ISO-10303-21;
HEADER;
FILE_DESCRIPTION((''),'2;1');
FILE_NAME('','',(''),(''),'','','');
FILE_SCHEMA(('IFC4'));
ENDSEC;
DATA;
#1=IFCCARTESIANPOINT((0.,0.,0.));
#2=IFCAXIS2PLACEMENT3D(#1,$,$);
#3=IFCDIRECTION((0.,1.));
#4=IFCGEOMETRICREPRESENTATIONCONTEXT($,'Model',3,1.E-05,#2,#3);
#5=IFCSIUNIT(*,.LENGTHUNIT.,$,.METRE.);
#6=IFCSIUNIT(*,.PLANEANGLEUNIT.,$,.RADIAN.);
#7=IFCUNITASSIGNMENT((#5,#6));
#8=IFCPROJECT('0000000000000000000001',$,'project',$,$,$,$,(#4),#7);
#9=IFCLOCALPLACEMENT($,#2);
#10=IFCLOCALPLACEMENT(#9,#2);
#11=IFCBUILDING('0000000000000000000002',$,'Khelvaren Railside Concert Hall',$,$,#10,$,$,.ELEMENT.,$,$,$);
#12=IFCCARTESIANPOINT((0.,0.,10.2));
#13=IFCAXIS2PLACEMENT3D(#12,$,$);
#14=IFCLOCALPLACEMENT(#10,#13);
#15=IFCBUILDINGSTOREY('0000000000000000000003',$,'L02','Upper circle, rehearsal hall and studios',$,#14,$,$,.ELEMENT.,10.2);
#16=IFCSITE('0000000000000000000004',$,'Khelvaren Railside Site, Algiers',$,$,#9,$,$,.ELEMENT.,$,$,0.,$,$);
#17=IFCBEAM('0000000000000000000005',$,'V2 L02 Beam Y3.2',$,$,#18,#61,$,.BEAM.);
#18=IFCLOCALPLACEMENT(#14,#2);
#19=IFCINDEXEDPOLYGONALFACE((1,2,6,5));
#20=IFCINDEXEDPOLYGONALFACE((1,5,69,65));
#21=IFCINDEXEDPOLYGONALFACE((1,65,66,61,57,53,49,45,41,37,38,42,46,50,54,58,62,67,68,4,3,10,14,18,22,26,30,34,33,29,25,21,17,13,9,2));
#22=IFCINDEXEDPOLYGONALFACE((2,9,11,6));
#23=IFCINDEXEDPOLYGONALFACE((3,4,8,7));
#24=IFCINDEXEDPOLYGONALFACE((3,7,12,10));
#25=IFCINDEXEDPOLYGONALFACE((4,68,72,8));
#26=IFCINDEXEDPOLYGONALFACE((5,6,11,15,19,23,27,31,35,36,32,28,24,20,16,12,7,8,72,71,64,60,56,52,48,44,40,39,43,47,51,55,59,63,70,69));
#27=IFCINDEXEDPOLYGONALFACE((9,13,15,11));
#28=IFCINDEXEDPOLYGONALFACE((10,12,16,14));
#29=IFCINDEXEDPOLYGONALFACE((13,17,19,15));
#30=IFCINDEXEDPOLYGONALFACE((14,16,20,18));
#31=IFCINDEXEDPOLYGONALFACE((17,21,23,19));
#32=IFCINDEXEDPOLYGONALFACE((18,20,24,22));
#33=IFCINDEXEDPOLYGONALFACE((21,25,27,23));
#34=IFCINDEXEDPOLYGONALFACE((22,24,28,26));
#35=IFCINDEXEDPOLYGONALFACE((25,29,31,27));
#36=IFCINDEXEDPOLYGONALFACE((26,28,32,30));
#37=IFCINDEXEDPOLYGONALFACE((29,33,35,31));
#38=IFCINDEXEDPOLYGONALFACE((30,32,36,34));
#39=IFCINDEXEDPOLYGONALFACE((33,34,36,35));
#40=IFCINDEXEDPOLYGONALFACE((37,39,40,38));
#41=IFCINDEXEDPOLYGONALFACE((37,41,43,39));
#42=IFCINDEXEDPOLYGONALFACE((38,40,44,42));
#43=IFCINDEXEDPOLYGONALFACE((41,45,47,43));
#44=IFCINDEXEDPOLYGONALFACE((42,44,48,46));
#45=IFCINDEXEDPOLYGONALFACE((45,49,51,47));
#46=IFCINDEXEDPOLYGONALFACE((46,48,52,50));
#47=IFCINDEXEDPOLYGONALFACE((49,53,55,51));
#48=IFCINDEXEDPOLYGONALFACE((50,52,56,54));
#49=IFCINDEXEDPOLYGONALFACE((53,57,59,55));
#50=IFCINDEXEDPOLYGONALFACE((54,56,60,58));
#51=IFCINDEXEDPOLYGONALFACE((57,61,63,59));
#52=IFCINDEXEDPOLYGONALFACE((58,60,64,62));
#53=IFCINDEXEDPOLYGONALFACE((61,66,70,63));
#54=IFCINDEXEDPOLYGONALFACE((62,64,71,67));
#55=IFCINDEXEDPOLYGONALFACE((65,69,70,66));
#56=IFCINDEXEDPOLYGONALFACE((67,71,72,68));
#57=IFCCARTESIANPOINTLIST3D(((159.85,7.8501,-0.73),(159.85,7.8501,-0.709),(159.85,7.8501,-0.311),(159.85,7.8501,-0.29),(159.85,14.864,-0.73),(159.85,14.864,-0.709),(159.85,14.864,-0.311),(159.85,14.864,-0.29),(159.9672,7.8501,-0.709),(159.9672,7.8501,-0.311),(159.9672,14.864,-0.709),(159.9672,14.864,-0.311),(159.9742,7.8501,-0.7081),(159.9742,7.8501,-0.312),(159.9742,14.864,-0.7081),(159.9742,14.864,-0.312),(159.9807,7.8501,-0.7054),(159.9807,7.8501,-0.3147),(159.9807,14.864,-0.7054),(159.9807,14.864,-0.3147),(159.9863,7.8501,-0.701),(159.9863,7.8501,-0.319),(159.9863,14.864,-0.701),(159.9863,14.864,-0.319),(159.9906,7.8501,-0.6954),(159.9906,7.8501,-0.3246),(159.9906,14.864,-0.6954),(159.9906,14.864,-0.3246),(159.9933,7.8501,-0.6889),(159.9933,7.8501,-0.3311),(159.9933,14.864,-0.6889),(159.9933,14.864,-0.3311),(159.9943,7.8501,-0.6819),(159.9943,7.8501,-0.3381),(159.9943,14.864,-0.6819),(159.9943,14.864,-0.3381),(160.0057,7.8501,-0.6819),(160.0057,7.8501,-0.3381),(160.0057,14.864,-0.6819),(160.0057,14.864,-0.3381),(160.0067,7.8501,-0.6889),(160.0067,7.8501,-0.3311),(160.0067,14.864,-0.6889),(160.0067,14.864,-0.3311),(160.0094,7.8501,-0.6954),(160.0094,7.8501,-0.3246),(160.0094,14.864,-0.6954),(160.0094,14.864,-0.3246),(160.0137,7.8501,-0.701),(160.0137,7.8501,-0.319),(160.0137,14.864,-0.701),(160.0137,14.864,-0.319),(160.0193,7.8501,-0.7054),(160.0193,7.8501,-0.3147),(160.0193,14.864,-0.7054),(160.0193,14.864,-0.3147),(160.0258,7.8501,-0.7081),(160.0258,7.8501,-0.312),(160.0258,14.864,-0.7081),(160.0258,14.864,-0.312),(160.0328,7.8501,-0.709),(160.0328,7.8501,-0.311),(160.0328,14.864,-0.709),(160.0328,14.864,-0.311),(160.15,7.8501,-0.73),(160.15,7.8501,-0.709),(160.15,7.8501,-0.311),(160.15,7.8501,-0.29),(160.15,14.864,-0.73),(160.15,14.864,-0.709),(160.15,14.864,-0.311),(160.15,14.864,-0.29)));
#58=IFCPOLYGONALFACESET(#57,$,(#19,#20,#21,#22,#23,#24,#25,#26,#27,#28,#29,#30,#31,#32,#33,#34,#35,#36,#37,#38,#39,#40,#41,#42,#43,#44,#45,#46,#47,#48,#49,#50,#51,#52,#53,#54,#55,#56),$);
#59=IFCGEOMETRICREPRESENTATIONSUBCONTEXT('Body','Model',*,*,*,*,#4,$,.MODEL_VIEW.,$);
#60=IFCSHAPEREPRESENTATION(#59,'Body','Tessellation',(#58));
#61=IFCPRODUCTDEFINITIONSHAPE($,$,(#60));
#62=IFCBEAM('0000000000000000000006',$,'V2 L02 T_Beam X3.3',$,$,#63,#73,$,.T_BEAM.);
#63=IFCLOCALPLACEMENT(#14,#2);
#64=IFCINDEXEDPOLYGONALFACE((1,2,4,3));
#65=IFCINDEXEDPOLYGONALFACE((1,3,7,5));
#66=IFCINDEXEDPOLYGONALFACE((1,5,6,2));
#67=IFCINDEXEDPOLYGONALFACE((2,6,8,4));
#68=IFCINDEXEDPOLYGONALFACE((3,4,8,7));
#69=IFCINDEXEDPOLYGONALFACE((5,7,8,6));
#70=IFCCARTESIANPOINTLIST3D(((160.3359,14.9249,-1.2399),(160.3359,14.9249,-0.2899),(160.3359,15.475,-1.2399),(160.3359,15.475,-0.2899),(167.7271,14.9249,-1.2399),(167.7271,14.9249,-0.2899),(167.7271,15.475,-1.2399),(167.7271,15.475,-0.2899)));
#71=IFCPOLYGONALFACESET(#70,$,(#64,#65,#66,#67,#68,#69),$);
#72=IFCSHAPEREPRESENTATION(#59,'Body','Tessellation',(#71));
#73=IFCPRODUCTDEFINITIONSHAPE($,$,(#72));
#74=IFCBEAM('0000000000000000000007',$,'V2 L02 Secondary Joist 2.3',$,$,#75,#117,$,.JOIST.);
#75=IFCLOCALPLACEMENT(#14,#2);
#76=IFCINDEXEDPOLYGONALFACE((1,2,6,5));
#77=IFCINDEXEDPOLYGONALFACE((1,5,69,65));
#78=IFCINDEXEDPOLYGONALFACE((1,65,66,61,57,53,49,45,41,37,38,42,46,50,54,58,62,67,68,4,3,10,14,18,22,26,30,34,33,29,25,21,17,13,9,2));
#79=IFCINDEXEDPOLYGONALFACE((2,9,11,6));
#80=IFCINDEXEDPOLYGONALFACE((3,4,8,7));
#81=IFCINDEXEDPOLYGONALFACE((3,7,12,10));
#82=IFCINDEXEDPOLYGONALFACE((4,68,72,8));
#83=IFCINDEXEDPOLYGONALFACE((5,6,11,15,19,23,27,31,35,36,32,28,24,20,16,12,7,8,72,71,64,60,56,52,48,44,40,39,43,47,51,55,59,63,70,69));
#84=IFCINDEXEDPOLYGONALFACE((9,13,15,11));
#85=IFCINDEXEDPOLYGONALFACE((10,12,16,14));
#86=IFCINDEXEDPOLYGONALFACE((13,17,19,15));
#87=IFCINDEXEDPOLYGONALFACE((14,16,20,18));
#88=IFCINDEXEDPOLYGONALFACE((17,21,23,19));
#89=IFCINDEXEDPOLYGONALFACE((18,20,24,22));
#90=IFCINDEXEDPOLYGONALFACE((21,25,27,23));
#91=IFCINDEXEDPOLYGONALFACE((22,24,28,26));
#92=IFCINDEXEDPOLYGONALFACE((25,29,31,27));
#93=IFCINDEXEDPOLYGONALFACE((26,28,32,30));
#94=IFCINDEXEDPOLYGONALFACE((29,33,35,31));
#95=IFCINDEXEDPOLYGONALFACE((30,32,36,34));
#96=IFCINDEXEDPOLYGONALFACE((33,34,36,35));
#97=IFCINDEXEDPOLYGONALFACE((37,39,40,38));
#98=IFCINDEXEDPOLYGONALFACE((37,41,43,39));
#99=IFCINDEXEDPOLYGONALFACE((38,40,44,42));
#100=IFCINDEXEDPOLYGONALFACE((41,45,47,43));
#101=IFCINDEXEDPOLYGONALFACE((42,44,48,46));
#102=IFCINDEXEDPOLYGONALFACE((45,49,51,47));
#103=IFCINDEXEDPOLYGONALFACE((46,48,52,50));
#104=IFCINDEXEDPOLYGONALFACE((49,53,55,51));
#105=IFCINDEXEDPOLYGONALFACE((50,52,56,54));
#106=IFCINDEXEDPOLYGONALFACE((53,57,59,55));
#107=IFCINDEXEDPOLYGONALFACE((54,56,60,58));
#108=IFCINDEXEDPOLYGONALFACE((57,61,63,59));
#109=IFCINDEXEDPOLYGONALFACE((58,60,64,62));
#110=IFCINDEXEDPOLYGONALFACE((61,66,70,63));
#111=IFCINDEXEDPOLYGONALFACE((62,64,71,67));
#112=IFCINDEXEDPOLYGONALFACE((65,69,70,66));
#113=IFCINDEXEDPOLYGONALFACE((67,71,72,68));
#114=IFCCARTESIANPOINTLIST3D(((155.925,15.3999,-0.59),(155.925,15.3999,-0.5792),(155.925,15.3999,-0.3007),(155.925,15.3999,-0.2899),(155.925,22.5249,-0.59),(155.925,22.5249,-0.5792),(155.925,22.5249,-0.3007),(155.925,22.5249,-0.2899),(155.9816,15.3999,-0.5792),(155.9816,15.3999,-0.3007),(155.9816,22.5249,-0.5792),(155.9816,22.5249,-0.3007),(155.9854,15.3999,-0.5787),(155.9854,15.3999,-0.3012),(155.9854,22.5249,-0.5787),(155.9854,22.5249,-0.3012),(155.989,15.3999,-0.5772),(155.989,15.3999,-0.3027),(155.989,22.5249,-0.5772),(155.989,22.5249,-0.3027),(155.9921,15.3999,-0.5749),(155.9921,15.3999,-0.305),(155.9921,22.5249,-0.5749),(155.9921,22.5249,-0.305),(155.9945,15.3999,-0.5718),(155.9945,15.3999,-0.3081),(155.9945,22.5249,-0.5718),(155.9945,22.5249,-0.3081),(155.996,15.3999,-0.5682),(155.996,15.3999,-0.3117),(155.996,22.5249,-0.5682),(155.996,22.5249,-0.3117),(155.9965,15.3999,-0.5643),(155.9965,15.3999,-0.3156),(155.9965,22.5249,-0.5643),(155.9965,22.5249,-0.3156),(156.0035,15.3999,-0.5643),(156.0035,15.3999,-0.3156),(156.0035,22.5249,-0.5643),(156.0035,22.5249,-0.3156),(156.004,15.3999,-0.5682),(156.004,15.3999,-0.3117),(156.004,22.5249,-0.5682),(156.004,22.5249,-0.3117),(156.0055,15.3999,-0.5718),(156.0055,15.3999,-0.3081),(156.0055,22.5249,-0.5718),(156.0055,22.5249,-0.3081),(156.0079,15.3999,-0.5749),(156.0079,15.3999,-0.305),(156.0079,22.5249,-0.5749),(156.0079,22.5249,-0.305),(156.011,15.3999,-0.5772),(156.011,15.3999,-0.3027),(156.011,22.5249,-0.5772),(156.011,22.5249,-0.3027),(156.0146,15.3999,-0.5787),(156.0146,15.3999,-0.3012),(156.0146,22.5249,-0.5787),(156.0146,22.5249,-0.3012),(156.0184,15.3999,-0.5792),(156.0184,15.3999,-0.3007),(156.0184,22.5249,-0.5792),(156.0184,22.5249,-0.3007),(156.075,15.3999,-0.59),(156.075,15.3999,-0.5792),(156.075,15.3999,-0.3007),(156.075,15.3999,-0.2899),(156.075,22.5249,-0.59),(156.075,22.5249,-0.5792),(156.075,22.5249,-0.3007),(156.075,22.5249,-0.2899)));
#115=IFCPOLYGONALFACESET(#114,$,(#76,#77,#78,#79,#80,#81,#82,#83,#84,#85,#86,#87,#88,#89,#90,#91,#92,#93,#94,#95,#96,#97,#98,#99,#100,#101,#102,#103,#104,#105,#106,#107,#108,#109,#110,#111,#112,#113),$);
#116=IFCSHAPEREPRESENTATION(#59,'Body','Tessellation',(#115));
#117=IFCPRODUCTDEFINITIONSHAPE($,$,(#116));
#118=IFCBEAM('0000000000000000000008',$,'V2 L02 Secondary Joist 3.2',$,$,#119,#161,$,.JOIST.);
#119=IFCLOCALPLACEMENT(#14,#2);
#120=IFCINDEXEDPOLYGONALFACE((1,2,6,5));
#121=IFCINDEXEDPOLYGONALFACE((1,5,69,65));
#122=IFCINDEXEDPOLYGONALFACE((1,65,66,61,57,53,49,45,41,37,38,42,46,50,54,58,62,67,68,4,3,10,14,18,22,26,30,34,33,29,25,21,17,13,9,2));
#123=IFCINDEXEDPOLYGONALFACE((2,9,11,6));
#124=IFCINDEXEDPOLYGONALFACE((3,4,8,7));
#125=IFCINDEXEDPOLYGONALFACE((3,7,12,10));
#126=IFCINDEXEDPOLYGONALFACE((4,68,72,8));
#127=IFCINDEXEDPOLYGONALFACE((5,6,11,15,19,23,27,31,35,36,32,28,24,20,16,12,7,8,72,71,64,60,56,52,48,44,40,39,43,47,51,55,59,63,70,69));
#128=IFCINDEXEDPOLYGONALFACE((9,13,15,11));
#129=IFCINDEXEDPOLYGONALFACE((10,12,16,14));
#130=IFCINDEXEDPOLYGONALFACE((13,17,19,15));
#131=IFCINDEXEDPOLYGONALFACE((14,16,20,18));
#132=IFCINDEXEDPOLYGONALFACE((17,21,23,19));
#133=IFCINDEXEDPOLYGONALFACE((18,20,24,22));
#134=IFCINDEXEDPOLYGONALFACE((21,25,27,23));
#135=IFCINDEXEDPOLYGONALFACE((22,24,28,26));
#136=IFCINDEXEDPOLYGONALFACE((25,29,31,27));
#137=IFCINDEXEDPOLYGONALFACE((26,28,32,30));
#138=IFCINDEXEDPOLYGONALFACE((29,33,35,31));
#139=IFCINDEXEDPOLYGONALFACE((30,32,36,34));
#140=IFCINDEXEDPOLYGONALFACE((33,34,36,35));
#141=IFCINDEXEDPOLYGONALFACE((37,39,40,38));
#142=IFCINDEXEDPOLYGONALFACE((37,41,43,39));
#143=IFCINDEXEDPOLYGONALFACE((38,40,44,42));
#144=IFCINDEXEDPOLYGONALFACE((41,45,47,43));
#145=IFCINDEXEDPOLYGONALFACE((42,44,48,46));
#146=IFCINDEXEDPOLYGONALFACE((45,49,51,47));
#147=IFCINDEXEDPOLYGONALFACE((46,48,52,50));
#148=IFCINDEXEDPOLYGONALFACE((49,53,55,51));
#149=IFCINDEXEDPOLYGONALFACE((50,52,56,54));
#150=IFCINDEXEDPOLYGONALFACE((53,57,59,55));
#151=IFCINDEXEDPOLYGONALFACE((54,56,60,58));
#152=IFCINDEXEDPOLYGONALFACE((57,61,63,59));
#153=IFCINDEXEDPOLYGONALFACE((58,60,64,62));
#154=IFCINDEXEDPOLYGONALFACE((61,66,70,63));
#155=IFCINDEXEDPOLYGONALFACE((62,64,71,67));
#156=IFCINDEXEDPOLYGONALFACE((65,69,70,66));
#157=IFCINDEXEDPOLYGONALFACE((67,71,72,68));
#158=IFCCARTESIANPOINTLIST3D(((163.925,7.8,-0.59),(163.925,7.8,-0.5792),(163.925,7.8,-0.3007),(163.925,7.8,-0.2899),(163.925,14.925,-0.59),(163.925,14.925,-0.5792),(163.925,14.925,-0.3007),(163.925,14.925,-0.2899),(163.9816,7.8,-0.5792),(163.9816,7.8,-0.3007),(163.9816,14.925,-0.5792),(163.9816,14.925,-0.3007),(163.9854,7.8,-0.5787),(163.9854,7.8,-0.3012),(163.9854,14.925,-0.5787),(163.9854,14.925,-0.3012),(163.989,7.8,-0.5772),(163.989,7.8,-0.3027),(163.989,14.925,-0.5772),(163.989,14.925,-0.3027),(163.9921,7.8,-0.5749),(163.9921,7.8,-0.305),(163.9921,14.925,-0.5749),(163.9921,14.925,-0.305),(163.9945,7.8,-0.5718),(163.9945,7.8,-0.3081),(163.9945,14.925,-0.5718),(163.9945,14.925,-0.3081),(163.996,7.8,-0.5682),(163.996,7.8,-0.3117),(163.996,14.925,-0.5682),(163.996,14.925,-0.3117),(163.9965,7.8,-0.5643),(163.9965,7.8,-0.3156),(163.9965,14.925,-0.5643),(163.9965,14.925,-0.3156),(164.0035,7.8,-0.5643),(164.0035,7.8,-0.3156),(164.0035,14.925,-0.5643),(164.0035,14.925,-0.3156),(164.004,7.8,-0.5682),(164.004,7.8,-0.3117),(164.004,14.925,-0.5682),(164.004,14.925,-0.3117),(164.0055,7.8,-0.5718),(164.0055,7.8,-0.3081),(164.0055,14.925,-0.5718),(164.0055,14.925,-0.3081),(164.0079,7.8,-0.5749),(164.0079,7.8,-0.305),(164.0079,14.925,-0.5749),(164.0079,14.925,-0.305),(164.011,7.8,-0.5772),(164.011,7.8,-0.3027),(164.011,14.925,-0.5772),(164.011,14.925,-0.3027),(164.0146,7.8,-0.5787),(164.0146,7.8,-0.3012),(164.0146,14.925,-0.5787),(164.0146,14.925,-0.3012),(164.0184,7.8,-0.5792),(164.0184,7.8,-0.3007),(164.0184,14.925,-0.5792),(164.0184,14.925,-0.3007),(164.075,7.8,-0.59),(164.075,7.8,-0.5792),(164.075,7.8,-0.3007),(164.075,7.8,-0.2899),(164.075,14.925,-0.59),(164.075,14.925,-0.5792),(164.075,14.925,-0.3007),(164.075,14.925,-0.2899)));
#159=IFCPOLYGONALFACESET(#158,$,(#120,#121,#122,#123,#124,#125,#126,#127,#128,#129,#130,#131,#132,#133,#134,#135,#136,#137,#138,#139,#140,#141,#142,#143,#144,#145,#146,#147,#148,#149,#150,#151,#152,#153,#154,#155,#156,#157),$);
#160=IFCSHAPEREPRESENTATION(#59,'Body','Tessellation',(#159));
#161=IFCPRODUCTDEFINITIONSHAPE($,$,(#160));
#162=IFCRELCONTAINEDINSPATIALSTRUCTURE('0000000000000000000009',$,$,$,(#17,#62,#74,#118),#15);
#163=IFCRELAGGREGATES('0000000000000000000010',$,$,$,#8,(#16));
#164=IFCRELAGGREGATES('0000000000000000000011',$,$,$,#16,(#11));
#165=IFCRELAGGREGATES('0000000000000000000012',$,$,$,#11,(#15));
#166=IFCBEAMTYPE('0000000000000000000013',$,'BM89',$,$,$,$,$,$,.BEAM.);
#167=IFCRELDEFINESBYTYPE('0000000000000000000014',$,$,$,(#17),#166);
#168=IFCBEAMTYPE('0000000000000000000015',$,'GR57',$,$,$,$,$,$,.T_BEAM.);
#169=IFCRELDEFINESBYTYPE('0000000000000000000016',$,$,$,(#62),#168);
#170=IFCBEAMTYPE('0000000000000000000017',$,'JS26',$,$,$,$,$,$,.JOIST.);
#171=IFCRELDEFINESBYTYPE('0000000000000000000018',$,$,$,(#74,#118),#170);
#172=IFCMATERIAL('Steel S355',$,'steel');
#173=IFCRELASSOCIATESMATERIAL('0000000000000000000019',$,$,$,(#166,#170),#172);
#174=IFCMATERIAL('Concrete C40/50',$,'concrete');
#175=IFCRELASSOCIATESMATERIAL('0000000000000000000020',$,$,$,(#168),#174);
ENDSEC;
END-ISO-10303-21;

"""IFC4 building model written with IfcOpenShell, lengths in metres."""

from ifc_helpers import new_model, si_unit, direction, frame, origin, origin_2d, place, context, subcontext, project, spatial, rectangle, i_section, extrude, material, material_profile, profile_set, type_object, element, save


model = new_model("IFC4")

# Units and contexts
model_context = context("Model", 3, precision=1e-05, world=origin(), true_north=direction((0.0, 1.0)))
body_context = subcontext(model_context, "Body", "Model", "MODEL_VIEW")
ifc_project = project(units=[si_unit("LENGTHUNIT", "METRE"), si_unit("PLANEANGLEUNIT", "RADIAN")], contexts=[model_context])

# Site, building, storey
site_placement = place(None, origin())
site = spatial("IfcSite", under=ifc_project, at=site_placement, Name="Khelvaren Railside Site, Algiers", CompositionType="ELEMENT", RefElevation=0.0)
building_placement = place(site_placement, origin())
building = spatial("IfcBuilding", under=site, at=building_placement, Name="Khelvaren Railside Concert Hall", CompositionType="ELEMENT")
storey_placement = place(building_placement, frame((0.0, 0.0, 10.2)))
storey = spatial("IfcBuildingStorey", under=building, at=storey_placement, Name="L02", Description="Upper circle, rehearsal hall and studios", CompositionType="ELEMENT", Elevation=10.2)

# Beams
ifc_material_1 = material(Name="Steel S355", Category="steel")
ifc_material_2 = material(Name="Concrete C40/50", Category="concrete")
ifc_material_profile_1 = material_profile(ifc_material_1, i_section(OverallWidth=0.3, OverallDepth=0.4399, WebThickness=0.0115, FlangeThickness=0.021, FilletRadius=0.0271, at=origin_2d()), Name="HEA 450")
ifc_profile_set_1 = profile_set([ifc_material_profile_1], Name="Steel S355")
beam_type_1 = type_object("IfcBeamType", Name="BM89", PredefinedType="BEAM", material=ifc_profile_set_1)
beam_1_placement = place(storey_placement, frame((160.0, 7.8501, -0.51), z_axis=(0.0, 1.0, 0.0), x_axis=(-1.0, 0.0, 0.0)))
element("IfcBeam", 1, at=beam_1_placement, inside=storey, type_object=beam_type_1, Name="V2 L02 Beam Y3.2", PredefinedType="BEAM", context=body_context, shape_type="SweptSolid", body=[
    extrude(i_section(OverallWidth=0.3, OverallDepth=0.4399, WebThickness=0.0115, FlangeThickness=0.021, FilletRadius=0.0271, at=origin_2d()), origin(), (0.0, 0.0, 1.0), 7.0139),
])
ifc_material_profile_2 = material_profile(ifc_material_2, rectangle(XDim=0.55, YDim=0.95, at=origin_2d()), Name="RCB 550x950")
ifc_profile_set_2 = profile_set([ifc_material_profile_2], Name="Concrete C40/50")
beam_type_2 = type_object("IfcBeamType", Name="GR57", PredefinedType="T_BEAM", material=ifc_profile_set_2)
beam_2_placement = place(storey_placement, frame((160.3359, 15.2, -0.7649), z_axis=(1.0, 0.0, 0.0), x_axis=(0.0, 1.0, 0.0)))
element("IfcBeam", 2, at=beam_2_placement, inside=storey, type_object=beam_type_2, Name="V2 L02 T_Beam X3.3", PredefinedType="T_BEAM", context=body_context, shape_type="SweptSolid", body=[
    extrude(rectangle(XDim=0.55, YDim=0.95, at=origin_2d()), origin(), (0.0, 0.0, 1.0), 7.3911),
])
ifc_material_profile_3 = material_profile(ifc_material_1, i_section(OverallWidth=0.1499, OverallDepth=0.3, WebThickness=0.0071, FlangeThickness=0.0107, FilletRadius=0.0149, at=origin_2d()), Name="IPE 300")
ifc_profile_set_3 = profile_set([ifc_material_profile_3], Name="Steel S355")
beam_type_3 = type_object("IfcBeamType", Name="JS26", PredefinedType="JOIST", material=ifc_profile_set_3)
for number, where, z_axis, x_axis, name in (
    (3, (156.0, 15.3999, -0.4399), (0.0, 1.0, 0.0), (-1.0, 0.0, 0.0), "V2 L02 Secondary Joist 2.3"),
    (4, (164.0, 7.8, -0.4399), (0.0, 1.0, 0.0), (-1.0, 0.0, 0.0), "V2 L02 Secondary Joist 3.2"),
):
    element("IfcBeam", number, at=place(storey_placement, frame(where, z_axis=z_axis, x_axis=x_axis)), inside=storey, type_object=beam_type_3, Name=name, PredefinedType="JOIST", context=body_context, shape_type="SweptSolid", body=[
        extrude(i_section(OverallWidth=0.1499, OverallDepth=0.3, WebThickness=0.0071, FlangeThickness=0.0107, FilletRadius=0.0149, at=origin_2d()), origin(), (0.0, 0.0, 1.0), 7.125),
    ])

save(model, "model.ifc")
